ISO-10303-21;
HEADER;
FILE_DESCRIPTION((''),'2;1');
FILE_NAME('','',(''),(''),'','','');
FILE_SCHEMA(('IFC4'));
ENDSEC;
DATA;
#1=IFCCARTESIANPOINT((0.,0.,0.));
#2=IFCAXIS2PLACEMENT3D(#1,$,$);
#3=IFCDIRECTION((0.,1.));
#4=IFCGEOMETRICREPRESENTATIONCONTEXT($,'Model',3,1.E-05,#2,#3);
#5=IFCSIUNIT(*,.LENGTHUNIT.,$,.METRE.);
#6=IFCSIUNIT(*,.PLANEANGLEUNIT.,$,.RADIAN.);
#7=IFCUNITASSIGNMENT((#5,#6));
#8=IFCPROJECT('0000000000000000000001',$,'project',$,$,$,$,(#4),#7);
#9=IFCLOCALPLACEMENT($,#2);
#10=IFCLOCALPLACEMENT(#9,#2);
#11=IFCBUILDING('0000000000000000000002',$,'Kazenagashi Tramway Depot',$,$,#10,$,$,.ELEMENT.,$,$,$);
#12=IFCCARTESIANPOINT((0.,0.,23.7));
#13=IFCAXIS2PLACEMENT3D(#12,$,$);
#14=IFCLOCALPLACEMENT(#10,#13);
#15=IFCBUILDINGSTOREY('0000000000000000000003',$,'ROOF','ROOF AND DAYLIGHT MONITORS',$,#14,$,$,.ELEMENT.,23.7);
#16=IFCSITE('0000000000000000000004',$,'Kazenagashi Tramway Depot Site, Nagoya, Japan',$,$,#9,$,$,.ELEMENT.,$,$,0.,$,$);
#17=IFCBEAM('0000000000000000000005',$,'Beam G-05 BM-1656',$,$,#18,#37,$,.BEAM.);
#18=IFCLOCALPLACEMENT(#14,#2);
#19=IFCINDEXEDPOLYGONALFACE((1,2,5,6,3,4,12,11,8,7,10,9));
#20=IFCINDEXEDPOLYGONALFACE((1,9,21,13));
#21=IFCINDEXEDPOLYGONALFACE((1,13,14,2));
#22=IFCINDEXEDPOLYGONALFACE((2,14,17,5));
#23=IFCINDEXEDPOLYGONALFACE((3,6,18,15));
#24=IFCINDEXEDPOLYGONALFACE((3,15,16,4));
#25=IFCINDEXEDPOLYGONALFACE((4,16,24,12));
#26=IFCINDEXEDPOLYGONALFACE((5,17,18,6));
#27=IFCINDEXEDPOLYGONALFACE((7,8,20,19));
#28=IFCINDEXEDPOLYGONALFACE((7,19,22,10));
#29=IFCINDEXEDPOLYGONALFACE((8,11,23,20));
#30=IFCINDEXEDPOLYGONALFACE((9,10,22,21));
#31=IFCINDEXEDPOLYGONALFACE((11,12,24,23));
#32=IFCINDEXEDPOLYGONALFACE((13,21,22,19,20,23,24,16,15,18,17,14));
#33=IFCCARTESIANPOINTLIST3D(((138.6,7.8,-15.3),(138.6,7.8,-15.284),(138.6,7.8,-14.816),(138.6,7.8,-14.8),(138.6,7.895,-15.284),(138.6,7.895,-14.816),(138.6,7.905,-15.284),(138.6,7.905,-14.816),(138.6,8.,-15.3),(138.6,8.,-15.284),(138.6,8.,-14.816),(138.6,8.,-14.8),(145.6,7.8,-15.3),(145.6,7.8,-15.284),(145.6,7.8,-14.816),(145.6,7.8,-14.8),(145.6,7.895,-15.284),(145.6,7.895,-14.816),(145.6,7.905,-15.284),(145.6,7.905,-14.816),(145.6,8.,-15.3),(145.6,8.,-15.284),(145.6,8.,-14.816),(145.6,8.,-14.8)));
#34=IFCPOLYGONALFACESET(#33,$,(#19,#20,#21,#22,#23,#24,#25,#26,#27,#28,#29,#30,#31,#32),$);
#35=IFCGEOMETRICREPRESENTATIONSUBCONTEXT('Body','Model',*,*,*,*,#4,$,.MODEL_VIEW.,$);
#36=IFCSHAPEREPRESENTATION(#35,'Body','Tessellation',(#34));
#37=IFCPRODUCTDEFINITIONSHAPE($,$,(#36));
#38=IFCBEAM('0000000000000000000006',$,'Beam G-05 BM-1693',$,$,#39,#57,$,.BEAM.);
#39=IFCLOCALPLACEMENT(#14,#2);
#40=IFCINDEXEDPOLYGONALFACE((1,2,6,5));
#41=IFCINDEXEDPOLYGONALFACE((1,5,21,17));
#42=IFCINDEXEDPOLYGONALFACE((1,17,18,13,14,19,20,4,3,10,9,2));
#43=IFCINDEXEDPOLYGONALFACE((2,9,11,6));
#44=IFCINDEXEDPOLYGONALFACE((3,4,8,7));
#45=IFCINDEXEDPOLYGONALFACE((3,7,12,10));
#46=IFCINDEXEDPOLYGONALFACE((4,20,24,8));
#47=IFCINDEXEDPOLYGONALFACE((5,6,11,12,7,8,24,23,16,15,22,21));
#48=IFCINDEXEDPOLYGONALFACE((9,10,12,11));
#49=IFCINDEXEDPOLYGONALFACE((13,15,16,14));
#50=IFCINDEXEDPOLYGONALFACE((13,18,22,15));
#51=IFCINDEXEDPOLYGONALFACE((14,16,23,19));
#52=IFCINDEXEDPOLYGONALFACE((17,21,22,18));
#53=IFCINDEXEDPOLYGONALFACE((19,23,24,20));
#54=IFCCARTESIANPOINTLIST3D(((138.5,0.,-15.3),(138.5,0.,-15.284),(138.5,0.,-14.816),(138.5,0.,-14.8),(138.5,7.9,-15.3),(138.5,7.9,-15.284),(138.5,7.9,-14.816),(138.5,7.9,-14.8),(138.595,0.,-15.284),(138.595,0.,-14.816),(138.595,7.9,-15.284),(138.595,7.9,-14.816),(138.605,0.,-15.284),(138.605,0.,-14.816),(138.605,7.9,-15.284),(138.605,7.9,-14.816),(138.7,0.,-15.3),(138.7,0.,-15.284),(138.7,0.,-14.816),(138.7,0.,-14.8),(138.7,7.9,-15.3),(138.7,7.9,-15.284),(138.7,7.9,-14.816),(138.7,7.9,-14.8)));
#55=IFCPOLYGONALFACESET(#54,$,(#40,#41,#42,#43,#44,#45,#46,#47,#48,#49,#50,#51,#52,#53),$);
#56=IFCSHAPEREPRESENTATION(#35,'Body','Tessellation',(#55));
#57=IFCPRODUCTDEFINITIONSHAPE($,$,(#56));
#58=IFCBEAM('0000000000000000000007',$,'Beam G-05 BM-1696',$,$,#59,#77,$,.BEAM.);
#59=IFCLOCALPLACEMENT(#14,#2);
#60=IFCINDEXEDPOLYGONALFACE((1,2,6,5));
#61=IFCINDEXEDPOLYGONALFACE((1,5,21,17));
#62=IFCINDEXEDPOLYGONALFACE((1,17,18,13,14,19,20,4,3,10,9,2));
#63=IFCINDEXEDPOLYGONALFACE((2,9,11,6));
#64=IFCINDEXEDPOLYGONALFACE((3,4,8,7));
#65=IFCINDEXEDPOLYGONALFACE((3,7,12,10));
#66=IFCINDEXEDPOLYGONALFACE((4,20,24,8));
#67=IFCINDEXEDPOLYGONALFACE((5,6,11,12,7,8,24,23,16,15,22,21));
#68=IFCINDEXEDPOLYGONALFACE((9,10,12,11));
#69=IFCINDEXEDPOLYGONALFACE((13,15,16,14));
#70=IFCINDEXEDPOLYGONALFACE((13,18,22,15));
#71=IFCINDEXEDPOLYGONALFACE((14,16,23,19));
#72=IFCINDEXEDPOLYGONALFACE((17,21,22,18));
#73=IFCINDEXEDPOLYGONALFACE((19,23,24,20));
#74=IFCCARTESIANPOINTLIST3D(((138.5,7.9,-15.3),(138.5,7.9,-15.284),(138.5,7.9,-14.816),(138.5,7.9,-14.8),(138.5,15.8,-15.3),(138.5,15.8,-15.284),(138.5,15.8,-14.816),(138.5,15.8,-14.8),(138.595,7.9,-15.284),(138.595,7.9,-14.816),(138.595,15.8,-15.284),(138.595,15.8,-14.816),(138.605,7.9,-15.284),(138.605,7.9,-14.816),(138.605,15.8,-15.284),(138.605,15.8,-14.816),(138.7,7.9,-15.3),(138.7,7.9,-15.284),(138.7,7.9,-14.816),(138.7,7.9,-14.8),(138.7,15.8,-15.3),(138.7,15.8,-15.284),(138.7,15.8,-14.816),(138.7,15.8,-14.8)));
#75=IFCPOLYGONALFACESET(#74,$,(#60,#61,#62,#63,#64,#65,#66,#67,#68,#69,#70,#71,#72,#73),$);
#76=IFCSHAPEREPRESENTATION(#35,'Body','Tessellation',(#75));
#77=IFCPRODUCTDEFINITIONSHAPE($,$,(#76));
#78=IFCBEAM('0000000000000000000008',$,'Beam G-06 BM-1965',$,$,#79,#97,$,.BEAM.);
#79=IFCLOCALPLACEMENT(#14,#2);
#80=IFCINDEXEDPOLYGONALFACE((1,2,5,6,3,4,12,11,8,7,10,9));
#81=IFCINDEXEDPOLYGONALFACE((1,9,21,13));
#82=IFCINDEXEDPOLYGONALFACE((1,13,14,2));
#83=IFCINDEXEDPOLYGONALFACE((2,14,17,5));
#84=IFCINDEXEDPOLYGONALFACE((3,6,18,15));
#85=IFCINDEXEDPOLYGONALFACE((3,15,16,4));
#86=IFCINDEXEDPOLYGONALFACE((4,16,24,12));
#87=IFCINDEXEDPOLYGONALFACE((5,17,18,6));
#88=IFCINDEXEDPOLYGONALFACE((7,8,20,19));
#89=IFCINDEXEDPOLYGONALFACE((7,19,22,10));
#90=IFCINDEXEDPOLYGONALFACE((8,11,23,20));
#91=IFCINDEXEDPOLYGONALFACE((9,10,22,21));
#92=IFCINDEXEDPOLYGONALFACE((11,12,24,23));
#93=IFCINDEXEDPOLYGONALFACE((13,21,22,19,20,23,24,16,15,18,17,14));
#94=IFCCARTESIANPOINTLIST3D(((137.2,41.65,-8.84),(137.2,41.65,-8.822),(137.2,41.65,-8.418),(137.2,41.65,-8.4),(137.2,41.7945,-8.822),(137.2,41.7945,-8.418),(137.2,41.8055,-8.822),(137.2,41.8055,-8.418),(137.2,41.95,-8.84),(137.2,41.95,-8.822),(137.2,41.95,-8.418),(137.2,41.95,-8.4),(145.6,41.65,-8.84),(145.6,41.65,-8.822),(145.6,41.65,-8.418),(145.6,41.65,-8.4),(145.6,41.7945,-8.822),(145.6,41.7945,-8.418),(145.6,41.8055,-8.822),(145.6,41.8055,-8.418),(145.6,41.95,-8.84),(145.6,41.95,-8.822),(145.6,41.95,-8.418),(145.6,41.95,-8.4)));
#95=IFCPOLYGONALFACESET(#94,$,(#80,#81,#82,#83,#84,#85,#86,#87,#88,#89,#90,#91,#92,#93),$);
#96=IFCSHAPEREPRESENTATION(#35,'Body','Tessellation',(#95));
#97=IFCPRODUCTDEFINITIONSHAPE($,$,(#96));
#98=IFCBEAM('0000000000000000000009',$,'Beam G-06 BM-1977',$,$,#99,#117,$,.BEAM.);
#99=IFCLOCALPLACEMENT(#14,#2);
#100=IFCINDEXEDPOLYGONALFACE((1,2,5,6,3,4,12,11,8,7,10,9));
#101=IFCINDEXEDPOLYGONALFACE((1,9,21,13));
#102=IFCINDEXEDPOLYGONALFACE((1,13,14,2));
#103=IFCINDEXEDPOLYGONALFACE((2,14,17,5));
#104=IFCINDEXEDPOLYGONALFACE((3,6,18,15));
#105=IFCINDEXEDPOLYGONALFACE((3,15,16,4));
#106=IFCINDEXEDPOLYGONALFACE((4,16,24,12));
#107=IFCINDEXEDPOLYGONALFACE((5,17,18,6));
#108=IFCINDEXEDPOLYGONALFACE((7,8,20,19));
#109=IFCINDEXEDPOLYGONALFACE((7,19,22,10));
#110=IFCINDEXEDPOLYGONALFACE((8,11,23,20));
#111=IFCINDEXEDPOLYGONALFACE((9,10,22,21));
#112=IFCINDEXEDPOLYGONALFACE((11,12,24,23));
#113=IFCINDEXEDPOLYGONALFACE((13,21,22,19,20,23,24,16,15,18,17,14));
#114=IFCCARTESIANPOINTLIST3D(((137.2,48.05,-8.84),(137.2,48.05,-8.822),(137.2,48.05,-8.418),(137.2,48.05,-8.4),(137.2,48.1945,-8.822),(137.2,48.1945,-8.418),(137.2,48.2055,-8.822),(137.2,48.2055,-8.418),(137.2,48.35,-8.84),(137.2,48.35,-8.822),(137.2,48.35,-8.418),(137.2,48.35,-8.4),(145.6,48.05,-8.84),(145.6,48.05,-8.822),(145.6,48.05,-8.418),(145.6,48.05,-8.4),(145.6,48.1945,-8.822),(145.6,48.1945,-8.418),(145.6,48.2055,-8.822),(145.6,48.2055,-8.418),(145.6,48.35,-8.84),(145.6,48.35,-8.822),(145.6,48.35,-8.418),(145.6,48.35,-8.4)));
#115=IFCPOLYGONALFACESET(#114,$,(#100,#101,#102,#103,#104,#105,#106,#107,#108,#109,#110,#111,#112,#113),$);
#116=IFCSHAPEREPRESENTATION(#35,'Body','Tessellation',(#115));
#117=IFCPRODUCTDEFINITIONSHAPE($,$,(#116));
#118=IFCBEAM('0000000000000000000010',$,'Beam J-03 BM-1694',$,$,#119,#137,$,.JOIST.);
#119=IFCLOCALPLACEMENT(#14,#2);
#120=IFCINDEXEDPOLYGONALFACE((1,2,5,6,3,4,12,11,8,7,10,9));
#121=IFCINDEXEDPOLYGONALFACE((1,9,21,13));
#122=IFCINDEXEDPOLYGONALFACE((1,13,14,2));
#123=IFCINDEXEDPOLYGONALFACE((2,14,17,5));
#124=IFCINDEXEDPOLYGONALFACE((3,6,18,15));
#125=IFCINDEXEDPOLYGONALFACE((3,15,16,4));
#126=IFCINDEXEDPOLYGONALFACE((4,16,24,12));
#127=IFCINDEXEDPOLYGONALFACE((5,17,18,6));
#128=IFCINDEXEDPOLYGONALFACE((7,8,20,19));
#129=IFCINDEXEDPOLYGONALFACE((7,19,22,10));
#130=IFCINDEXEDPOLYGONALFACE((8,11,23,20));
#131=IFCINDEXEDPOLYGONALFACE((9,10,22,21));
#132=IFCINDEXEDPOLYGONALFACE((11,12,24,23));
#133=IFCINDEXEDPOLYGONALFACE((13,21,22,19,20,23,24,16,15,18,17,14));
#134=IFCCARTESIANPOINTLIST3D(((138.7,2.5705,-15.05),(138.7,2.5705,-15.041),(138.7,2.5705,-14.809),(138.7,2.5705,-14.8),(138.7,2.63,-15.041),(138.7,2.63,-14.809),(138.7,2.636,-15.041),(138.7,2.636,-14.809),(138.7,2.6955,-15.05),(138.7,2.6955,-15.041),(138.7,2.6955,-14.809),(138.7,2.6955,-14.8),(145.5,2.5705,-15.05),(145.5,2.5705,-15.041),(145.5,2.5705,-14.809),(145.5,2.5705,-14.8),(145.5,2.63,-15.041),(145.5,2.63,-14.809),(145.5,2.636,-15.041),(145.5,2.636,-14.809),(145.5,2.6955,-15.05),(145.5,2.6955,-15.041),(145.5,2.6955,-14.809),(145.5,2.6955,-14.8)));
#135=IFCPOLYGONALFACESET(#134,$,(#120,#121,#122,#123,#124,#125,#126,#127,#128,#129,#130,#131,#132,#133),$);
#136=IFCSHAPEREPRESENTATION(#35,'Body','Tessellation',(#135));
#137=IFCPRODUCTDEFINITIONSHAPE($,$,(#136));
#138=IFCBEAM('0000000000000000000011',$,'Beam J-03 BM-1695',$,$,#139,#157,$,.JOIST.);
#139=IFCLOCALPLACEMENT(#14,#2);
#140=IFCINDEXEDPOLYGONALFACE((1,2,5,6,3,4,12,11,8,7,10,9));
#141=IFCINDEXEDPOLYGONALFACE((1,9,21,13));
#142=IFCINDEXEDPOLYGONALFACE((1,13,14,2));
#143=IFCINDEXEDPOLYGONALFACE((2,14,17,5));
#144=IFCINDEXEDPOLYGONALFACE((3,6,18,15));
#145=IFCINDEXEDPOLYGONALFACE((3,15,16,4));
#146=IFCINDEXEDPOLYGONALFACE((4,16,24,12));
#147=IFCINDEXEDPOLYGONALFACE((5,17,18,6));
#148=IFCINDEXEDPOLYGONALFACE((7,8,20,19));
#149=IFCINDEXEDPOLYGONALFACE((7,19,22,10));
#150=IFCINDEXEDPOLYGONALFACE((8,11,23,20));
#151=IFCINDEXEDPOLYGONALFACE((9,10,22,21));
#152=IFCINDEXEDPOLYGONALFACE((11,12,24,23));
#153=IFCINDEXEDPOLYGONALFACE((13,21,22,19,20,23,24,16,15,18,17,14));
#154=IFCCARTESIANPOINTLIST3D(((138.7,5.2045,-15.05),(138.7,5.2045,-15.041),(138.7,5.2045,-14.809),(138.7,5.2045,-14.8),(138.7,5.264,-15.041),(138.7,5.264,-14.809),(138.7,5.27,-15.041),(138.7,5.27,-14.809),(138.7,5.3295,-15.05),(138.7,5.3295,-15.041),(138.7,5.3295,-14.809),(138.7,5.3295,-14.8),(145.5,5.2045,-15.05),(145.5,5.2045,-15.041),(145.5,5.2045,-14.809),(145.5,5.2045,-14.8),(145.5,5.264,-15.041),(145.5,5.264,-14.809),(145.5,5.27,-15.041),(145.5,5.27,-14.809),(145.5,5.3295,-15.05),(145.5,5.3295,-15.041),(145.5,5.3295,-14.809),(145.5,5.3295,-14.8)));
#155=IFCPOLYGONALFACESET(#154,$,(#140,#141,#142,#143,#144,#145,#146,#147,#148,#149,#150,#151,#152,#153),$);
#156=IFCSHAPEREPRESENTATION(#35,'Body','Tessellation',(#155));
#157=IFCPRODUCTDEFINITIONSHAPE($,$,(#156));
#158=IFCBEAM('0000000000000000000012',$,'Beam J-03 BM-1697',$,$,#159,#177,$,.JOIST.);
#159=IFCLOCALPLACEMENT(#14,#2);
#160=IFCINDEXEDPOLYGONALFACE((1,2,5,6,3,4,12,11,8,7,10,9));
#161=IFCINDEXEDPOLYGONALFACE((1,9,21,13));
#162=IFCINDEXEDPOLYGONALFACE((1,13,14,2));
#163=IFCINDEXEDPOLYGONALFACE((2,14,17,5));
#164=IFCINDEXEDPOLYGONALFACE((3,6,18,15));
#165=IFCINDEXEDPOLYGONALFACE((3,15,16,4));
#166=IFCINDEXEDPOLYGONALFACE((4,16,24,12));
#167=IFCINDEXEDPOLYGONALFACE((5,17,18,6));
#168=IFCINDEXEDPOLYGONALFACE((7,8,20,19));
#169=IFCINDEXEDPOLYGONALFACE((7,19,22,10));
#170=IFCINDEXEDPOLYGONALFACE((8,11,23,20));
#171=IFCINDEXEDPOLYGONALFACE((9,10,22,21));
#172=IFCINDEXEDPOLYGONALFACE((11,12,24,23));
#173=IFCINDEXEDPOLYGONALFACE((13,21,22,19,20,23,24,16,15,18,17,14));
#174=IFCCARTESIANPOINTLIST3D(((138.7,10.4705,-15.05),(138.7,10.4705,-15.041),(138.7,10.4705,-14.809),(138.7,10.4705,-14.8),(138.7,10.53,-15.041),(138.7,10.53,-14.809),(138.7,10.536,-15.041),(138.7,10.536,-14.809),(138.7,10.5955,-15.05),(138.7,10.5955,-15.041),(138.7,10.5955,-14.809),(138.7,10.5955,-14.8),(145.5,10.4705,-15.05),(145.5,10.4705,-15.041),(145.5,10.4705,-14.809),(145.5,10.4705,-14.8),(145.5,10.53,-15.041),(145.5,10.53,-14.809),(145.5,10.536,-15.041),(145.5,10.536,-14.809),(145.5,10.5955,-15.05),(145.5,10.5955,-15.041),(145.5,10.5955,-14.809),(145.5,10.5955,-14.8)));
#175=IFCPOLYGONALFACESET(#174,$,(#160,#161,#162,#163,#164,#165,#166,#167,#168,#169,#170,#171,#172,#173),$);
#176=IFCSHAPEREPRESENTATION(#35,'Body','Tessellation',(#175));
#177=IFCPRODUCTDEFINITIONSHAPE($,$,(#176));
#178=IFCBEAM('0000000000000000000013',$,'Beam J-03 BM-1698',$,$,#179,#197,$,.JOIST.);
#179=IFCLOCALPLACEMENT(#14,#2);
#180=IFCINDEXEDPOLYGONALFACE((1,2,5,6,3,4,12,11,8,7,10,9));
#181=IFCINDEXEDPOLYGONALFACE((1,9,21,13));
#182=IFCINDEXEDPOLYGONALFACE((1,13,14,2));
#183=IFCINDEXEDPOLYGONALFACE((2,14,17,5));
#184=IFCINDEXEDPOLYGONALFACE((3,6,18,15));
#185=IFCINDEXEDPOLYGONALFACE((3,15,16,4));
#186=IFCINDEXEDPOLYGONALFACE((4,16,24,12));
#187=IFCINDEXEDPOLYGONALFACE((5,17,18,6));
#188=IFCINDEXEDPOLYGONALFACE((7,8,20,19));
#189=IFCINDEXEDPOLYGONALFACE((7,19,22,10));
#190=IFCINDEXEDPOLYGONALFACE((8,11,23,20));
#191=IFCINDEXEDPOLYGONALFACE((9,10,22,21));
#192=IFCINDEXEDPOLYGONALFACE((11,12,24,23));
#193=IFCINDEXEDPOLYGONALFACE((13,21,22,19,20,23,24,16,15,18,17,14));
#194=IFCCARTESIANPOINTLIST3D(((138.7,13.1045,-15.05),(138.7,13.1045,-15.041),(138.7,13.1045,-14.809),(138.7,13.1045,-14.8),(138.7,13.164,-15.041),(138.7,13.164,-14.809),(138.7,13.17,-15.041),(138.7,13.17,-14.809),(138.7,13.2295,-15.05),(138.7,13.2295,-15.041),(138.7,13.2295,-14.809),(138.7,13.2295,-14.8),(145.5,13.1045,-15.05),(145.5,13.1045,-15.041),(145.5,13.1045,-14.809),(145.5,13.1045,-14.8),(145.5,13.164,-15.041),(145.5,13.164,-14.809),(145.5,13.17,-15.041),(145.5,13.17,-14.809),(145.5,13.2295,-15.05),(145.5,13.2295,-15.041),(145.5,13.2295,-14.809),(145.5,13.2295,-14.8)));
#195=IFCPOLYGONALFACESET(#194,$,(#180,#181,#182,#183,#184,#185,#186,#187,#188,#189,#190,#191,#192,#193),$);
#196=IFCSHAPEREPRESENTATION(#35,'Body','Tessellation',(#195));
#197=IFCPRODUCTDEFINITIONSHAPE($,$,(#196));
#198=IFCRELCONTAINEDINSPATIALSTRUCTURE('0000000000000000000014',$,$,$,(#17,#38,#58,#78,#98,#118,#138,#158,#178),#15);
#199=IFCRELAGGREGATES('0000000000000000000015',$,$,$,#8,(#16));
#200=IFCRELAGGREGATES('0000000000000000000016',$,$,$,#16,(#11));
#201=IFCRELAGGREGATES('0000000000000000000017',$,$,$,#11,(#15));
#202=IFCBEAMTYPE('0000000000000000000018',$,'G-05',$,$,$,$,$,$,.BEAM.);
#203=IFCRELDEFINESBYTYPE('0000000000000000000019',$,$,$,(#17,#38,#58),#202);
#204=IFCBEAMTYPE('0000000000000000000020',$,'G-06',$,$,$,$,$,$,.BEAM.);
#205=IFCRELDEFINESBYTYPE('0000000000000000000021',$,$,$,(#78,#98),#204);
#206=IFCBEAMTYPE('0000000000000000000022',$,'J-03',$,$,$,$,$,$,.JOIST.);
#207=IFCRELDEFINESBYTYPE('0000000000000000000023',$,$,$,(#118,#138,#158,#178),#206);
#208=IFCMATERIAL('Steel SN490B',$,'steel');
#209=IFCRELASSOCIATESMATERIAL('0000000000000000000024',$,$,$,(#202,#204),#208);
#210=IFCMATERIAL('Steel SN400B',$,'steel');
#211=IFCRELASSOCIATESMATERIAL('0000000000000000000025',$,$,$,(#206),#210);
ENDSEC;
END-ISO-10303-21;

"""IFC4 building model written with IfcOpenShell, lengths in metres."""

from ifc_helpers import new_model, si_unit, direction, frame, origin, origin_2d, place, context, subcontext, project, spatial, i_section, extrude, material, material_profile, profile_set, type_object, element, save


model = new_model("IFC4")

# Units and contexts
model_context = context("Model", 3, precision=1e-05, world=origin(), true_north=direction((0.0, 1.0)))
body_context = subcontext(model_context, "Body", "Model", "MODEL_VIEW")
ifc_project = project(units=[si_unit("LENGTHUNIT", "METRE"), si_unit("PLANEANGLEUNIT", "RADIAN")], contexts=[model_context])

# Site, building, storey
site_placement = place(None, origin())
site = spatial("IfcSite", under=ifc_project, at=site_placement, Name="Kazenagashi Tramway Depot Site, Nagoya, Japan", CompositionType="ELEMENT", RefElevation=0.0)
building_placement = place(site_placement, origin())
building = spatial("IfcBuilding", under=site, at=building_placement, Name="Kazenagashi Tramway Depot", CompositionType="ELEMENT")
storey_placement = place(building_placement, frame((0.0, 0.0, 23.7)))
storey = spatial("IfcBuildingStorey", under=building, at=storey_placement, Name="ROOF", Description="ROOF AND DAYLIGHT MONITORS", CompositionType="ELEMENT", Elevation=23.7)

# Beams
ifc_material_1 = material(Name="Steel SN490B", Category="steel")
ifc_material_profile_1 = material_profile(ifc_material_1, i_section(OverallWidth=0.2, OverallDepth=0.5, WebThickness=0.01, FlangeThickness=0.016, at=origin_2d()), Name="H-500x200x10x16")
ifc_profile_set_1 = profile_set([ifc_material_profile_1], Name="Steel SN490B")
beam_type_1 = type_object("IfcBeamType", Name="G-05", PredefinedType="BEAM", material=ifc_profile_set_1)
beam_1_placement = place(storey_placement, frame((138.6, 7.9, -15.05), z_axis=(1.0, 0.0, 0.0), x_axis=(0.0, 1.0, 0.0)))
element("IfcBeam", 1, at=beam_1_placement, inside=storey, type_object=beam_type_1, Name="Beam G-05 BM-1656", PredefinedType="BEAM", context=body_context, shape_type="SweptSolid", body=[
    extrude(i_section(OverallWidth=0.2, OverallDepth=0.5, WebThickness=0.01, FlangeThickness=0.016, at=origin_2d()), origin(), (0.0, 0.0, 1.0), 7.0),
])
for number, where, z_axis, x_axis, name in (
    (2, (138.6, 0.0, -15.05), (0.0, 1.0, 0.0), (-1.0, 0.0, 0.0), "Beam G-05 BM-1693"),
    (3, (138.6, 7.9, -15.05), (0.0, 1.0, 0.0), (-1.0, 0.0, 0.0), "Beam G-05 BM-1696"),
):
    element("IfcBeam", number, at=place(storey_placement, frame(where, z_axis=z_axis, x_axis=x_axis)), inside=storey, type_object=beam_type_1, Name=name, PredefinedType="BEAM", context=body_context, shape_type="SweptSolid", body=[
        extrude(i_section(OverallWidth=0.2, OverallDepth=0.5, WebThickness=0.01, FlangeThickness=0.016, at=origin_2d()), origin(), (0.0, 0.0, 1.0), 7.9),
    ])
ifc_material_profile_2 = material_profile(ifc_material_1, i_section(OverallWidth=0.3, OverallDepth=0.44, WebThickness=0.011, FlangeThickness=0.018, at=origin_2d()), Name="H-440x300x11x18")
ifc_profile_set_2 = profile_set([ifc_material_profile_2], Name="Steel SN490B")
beam_type_2 = type_object("IfcBeamType", Name="G-06", PredefinedType="BEAM", material=ifc_profile_set_2)
for number, where, z_axis, x_axis, name in (
    (4, (137.2, 41.8, -8.62), (1.0, 0.0, 0.0), (0.0, 1.0, 0.0), "Beam G-06 BM-1965"),
    (5, (137.2, 48.2, -8.62), (1.0, 0.0, 0.0), (0.0, 1.0, 0.0), "Beam G-06 BM-1977"),
):
    element("IfcBeam", number, at=place(storey_placement, frame(where, z_axis=z_axis, x_axis=x_axis)), inside=storey, type_object=beam_type_2, Name=name, PredefinedType="BEAM", context=body_context, shape_type="SweptSolid", body=[
        extrude(i_section(OverallWidth=0.3, OverallDepth=0.44, WebThickness=0.011, FlangeThickness=0.018, at=origin_2d()), origin(), (0.0, 0.0, 1.0), 8.4),
    ])
ifc_material_2 = material(Name="Steel SN400B", Category="steel")
ifc_material_profile_3 = material_profile(ifc_material_2, i_section(OverallWidth=0.125, OverallDepth=0.25, WebThickness=0.006, FlangeThickness=0.009, at=origin_2d()), Name="H-250x125x6x9")
ifc_profile_set_3 = profile_set([ifc_material_profile_3], Name="Steel SN400B")
beam_type_3 = type_object("IfcBeamType", Name="J-03", PredefinedType="JOIST", material=ifc_profile_set_3)
for number, where, z_axis, x_axis, name in (
    (6, (138.7, 2.633, -14.925), (1.0, 0.0, 0.0), (0.0, 1.0, 0.0), "Beam J-03 BM-1694"),
    (7, (138.7, 5.267, -14.925), (1.0, 0.0, 0.0), (0.0, 1.0, 0.0), "Beam J-03 BM-1695"),
    (8, (138.7, 10.533, -14.925), (1.0, 0.0, 0.0), (0.0, 1.0, 0.0), "Beam J-03 BM-1697"),
    (9, (138.7, 13.167, -14.925), (1.0, 0.0, 0.0), (0.0, 1.0, 0.0), "Beam J-03 BM-1698"),
):
    element("IfcBeam", number, at=place(storey_placement, frame(where, z_axis=z_axis, x_axis=x_axis)), inside=storey, type_object=beam_type_3, Name=name, PredefinedType="JOIST", context=body_context, shape_type="SweptSolid", body=[
        extrude(i_section(OverallWidth=0.125, OverallDepth=0.25, WebThickness=0.006, FlangeThickness=0.009, at=origin_2d()), origin(), (0.0, 0.0, 1.0), 6.8),
    ])

save(model, "model.ifc")
